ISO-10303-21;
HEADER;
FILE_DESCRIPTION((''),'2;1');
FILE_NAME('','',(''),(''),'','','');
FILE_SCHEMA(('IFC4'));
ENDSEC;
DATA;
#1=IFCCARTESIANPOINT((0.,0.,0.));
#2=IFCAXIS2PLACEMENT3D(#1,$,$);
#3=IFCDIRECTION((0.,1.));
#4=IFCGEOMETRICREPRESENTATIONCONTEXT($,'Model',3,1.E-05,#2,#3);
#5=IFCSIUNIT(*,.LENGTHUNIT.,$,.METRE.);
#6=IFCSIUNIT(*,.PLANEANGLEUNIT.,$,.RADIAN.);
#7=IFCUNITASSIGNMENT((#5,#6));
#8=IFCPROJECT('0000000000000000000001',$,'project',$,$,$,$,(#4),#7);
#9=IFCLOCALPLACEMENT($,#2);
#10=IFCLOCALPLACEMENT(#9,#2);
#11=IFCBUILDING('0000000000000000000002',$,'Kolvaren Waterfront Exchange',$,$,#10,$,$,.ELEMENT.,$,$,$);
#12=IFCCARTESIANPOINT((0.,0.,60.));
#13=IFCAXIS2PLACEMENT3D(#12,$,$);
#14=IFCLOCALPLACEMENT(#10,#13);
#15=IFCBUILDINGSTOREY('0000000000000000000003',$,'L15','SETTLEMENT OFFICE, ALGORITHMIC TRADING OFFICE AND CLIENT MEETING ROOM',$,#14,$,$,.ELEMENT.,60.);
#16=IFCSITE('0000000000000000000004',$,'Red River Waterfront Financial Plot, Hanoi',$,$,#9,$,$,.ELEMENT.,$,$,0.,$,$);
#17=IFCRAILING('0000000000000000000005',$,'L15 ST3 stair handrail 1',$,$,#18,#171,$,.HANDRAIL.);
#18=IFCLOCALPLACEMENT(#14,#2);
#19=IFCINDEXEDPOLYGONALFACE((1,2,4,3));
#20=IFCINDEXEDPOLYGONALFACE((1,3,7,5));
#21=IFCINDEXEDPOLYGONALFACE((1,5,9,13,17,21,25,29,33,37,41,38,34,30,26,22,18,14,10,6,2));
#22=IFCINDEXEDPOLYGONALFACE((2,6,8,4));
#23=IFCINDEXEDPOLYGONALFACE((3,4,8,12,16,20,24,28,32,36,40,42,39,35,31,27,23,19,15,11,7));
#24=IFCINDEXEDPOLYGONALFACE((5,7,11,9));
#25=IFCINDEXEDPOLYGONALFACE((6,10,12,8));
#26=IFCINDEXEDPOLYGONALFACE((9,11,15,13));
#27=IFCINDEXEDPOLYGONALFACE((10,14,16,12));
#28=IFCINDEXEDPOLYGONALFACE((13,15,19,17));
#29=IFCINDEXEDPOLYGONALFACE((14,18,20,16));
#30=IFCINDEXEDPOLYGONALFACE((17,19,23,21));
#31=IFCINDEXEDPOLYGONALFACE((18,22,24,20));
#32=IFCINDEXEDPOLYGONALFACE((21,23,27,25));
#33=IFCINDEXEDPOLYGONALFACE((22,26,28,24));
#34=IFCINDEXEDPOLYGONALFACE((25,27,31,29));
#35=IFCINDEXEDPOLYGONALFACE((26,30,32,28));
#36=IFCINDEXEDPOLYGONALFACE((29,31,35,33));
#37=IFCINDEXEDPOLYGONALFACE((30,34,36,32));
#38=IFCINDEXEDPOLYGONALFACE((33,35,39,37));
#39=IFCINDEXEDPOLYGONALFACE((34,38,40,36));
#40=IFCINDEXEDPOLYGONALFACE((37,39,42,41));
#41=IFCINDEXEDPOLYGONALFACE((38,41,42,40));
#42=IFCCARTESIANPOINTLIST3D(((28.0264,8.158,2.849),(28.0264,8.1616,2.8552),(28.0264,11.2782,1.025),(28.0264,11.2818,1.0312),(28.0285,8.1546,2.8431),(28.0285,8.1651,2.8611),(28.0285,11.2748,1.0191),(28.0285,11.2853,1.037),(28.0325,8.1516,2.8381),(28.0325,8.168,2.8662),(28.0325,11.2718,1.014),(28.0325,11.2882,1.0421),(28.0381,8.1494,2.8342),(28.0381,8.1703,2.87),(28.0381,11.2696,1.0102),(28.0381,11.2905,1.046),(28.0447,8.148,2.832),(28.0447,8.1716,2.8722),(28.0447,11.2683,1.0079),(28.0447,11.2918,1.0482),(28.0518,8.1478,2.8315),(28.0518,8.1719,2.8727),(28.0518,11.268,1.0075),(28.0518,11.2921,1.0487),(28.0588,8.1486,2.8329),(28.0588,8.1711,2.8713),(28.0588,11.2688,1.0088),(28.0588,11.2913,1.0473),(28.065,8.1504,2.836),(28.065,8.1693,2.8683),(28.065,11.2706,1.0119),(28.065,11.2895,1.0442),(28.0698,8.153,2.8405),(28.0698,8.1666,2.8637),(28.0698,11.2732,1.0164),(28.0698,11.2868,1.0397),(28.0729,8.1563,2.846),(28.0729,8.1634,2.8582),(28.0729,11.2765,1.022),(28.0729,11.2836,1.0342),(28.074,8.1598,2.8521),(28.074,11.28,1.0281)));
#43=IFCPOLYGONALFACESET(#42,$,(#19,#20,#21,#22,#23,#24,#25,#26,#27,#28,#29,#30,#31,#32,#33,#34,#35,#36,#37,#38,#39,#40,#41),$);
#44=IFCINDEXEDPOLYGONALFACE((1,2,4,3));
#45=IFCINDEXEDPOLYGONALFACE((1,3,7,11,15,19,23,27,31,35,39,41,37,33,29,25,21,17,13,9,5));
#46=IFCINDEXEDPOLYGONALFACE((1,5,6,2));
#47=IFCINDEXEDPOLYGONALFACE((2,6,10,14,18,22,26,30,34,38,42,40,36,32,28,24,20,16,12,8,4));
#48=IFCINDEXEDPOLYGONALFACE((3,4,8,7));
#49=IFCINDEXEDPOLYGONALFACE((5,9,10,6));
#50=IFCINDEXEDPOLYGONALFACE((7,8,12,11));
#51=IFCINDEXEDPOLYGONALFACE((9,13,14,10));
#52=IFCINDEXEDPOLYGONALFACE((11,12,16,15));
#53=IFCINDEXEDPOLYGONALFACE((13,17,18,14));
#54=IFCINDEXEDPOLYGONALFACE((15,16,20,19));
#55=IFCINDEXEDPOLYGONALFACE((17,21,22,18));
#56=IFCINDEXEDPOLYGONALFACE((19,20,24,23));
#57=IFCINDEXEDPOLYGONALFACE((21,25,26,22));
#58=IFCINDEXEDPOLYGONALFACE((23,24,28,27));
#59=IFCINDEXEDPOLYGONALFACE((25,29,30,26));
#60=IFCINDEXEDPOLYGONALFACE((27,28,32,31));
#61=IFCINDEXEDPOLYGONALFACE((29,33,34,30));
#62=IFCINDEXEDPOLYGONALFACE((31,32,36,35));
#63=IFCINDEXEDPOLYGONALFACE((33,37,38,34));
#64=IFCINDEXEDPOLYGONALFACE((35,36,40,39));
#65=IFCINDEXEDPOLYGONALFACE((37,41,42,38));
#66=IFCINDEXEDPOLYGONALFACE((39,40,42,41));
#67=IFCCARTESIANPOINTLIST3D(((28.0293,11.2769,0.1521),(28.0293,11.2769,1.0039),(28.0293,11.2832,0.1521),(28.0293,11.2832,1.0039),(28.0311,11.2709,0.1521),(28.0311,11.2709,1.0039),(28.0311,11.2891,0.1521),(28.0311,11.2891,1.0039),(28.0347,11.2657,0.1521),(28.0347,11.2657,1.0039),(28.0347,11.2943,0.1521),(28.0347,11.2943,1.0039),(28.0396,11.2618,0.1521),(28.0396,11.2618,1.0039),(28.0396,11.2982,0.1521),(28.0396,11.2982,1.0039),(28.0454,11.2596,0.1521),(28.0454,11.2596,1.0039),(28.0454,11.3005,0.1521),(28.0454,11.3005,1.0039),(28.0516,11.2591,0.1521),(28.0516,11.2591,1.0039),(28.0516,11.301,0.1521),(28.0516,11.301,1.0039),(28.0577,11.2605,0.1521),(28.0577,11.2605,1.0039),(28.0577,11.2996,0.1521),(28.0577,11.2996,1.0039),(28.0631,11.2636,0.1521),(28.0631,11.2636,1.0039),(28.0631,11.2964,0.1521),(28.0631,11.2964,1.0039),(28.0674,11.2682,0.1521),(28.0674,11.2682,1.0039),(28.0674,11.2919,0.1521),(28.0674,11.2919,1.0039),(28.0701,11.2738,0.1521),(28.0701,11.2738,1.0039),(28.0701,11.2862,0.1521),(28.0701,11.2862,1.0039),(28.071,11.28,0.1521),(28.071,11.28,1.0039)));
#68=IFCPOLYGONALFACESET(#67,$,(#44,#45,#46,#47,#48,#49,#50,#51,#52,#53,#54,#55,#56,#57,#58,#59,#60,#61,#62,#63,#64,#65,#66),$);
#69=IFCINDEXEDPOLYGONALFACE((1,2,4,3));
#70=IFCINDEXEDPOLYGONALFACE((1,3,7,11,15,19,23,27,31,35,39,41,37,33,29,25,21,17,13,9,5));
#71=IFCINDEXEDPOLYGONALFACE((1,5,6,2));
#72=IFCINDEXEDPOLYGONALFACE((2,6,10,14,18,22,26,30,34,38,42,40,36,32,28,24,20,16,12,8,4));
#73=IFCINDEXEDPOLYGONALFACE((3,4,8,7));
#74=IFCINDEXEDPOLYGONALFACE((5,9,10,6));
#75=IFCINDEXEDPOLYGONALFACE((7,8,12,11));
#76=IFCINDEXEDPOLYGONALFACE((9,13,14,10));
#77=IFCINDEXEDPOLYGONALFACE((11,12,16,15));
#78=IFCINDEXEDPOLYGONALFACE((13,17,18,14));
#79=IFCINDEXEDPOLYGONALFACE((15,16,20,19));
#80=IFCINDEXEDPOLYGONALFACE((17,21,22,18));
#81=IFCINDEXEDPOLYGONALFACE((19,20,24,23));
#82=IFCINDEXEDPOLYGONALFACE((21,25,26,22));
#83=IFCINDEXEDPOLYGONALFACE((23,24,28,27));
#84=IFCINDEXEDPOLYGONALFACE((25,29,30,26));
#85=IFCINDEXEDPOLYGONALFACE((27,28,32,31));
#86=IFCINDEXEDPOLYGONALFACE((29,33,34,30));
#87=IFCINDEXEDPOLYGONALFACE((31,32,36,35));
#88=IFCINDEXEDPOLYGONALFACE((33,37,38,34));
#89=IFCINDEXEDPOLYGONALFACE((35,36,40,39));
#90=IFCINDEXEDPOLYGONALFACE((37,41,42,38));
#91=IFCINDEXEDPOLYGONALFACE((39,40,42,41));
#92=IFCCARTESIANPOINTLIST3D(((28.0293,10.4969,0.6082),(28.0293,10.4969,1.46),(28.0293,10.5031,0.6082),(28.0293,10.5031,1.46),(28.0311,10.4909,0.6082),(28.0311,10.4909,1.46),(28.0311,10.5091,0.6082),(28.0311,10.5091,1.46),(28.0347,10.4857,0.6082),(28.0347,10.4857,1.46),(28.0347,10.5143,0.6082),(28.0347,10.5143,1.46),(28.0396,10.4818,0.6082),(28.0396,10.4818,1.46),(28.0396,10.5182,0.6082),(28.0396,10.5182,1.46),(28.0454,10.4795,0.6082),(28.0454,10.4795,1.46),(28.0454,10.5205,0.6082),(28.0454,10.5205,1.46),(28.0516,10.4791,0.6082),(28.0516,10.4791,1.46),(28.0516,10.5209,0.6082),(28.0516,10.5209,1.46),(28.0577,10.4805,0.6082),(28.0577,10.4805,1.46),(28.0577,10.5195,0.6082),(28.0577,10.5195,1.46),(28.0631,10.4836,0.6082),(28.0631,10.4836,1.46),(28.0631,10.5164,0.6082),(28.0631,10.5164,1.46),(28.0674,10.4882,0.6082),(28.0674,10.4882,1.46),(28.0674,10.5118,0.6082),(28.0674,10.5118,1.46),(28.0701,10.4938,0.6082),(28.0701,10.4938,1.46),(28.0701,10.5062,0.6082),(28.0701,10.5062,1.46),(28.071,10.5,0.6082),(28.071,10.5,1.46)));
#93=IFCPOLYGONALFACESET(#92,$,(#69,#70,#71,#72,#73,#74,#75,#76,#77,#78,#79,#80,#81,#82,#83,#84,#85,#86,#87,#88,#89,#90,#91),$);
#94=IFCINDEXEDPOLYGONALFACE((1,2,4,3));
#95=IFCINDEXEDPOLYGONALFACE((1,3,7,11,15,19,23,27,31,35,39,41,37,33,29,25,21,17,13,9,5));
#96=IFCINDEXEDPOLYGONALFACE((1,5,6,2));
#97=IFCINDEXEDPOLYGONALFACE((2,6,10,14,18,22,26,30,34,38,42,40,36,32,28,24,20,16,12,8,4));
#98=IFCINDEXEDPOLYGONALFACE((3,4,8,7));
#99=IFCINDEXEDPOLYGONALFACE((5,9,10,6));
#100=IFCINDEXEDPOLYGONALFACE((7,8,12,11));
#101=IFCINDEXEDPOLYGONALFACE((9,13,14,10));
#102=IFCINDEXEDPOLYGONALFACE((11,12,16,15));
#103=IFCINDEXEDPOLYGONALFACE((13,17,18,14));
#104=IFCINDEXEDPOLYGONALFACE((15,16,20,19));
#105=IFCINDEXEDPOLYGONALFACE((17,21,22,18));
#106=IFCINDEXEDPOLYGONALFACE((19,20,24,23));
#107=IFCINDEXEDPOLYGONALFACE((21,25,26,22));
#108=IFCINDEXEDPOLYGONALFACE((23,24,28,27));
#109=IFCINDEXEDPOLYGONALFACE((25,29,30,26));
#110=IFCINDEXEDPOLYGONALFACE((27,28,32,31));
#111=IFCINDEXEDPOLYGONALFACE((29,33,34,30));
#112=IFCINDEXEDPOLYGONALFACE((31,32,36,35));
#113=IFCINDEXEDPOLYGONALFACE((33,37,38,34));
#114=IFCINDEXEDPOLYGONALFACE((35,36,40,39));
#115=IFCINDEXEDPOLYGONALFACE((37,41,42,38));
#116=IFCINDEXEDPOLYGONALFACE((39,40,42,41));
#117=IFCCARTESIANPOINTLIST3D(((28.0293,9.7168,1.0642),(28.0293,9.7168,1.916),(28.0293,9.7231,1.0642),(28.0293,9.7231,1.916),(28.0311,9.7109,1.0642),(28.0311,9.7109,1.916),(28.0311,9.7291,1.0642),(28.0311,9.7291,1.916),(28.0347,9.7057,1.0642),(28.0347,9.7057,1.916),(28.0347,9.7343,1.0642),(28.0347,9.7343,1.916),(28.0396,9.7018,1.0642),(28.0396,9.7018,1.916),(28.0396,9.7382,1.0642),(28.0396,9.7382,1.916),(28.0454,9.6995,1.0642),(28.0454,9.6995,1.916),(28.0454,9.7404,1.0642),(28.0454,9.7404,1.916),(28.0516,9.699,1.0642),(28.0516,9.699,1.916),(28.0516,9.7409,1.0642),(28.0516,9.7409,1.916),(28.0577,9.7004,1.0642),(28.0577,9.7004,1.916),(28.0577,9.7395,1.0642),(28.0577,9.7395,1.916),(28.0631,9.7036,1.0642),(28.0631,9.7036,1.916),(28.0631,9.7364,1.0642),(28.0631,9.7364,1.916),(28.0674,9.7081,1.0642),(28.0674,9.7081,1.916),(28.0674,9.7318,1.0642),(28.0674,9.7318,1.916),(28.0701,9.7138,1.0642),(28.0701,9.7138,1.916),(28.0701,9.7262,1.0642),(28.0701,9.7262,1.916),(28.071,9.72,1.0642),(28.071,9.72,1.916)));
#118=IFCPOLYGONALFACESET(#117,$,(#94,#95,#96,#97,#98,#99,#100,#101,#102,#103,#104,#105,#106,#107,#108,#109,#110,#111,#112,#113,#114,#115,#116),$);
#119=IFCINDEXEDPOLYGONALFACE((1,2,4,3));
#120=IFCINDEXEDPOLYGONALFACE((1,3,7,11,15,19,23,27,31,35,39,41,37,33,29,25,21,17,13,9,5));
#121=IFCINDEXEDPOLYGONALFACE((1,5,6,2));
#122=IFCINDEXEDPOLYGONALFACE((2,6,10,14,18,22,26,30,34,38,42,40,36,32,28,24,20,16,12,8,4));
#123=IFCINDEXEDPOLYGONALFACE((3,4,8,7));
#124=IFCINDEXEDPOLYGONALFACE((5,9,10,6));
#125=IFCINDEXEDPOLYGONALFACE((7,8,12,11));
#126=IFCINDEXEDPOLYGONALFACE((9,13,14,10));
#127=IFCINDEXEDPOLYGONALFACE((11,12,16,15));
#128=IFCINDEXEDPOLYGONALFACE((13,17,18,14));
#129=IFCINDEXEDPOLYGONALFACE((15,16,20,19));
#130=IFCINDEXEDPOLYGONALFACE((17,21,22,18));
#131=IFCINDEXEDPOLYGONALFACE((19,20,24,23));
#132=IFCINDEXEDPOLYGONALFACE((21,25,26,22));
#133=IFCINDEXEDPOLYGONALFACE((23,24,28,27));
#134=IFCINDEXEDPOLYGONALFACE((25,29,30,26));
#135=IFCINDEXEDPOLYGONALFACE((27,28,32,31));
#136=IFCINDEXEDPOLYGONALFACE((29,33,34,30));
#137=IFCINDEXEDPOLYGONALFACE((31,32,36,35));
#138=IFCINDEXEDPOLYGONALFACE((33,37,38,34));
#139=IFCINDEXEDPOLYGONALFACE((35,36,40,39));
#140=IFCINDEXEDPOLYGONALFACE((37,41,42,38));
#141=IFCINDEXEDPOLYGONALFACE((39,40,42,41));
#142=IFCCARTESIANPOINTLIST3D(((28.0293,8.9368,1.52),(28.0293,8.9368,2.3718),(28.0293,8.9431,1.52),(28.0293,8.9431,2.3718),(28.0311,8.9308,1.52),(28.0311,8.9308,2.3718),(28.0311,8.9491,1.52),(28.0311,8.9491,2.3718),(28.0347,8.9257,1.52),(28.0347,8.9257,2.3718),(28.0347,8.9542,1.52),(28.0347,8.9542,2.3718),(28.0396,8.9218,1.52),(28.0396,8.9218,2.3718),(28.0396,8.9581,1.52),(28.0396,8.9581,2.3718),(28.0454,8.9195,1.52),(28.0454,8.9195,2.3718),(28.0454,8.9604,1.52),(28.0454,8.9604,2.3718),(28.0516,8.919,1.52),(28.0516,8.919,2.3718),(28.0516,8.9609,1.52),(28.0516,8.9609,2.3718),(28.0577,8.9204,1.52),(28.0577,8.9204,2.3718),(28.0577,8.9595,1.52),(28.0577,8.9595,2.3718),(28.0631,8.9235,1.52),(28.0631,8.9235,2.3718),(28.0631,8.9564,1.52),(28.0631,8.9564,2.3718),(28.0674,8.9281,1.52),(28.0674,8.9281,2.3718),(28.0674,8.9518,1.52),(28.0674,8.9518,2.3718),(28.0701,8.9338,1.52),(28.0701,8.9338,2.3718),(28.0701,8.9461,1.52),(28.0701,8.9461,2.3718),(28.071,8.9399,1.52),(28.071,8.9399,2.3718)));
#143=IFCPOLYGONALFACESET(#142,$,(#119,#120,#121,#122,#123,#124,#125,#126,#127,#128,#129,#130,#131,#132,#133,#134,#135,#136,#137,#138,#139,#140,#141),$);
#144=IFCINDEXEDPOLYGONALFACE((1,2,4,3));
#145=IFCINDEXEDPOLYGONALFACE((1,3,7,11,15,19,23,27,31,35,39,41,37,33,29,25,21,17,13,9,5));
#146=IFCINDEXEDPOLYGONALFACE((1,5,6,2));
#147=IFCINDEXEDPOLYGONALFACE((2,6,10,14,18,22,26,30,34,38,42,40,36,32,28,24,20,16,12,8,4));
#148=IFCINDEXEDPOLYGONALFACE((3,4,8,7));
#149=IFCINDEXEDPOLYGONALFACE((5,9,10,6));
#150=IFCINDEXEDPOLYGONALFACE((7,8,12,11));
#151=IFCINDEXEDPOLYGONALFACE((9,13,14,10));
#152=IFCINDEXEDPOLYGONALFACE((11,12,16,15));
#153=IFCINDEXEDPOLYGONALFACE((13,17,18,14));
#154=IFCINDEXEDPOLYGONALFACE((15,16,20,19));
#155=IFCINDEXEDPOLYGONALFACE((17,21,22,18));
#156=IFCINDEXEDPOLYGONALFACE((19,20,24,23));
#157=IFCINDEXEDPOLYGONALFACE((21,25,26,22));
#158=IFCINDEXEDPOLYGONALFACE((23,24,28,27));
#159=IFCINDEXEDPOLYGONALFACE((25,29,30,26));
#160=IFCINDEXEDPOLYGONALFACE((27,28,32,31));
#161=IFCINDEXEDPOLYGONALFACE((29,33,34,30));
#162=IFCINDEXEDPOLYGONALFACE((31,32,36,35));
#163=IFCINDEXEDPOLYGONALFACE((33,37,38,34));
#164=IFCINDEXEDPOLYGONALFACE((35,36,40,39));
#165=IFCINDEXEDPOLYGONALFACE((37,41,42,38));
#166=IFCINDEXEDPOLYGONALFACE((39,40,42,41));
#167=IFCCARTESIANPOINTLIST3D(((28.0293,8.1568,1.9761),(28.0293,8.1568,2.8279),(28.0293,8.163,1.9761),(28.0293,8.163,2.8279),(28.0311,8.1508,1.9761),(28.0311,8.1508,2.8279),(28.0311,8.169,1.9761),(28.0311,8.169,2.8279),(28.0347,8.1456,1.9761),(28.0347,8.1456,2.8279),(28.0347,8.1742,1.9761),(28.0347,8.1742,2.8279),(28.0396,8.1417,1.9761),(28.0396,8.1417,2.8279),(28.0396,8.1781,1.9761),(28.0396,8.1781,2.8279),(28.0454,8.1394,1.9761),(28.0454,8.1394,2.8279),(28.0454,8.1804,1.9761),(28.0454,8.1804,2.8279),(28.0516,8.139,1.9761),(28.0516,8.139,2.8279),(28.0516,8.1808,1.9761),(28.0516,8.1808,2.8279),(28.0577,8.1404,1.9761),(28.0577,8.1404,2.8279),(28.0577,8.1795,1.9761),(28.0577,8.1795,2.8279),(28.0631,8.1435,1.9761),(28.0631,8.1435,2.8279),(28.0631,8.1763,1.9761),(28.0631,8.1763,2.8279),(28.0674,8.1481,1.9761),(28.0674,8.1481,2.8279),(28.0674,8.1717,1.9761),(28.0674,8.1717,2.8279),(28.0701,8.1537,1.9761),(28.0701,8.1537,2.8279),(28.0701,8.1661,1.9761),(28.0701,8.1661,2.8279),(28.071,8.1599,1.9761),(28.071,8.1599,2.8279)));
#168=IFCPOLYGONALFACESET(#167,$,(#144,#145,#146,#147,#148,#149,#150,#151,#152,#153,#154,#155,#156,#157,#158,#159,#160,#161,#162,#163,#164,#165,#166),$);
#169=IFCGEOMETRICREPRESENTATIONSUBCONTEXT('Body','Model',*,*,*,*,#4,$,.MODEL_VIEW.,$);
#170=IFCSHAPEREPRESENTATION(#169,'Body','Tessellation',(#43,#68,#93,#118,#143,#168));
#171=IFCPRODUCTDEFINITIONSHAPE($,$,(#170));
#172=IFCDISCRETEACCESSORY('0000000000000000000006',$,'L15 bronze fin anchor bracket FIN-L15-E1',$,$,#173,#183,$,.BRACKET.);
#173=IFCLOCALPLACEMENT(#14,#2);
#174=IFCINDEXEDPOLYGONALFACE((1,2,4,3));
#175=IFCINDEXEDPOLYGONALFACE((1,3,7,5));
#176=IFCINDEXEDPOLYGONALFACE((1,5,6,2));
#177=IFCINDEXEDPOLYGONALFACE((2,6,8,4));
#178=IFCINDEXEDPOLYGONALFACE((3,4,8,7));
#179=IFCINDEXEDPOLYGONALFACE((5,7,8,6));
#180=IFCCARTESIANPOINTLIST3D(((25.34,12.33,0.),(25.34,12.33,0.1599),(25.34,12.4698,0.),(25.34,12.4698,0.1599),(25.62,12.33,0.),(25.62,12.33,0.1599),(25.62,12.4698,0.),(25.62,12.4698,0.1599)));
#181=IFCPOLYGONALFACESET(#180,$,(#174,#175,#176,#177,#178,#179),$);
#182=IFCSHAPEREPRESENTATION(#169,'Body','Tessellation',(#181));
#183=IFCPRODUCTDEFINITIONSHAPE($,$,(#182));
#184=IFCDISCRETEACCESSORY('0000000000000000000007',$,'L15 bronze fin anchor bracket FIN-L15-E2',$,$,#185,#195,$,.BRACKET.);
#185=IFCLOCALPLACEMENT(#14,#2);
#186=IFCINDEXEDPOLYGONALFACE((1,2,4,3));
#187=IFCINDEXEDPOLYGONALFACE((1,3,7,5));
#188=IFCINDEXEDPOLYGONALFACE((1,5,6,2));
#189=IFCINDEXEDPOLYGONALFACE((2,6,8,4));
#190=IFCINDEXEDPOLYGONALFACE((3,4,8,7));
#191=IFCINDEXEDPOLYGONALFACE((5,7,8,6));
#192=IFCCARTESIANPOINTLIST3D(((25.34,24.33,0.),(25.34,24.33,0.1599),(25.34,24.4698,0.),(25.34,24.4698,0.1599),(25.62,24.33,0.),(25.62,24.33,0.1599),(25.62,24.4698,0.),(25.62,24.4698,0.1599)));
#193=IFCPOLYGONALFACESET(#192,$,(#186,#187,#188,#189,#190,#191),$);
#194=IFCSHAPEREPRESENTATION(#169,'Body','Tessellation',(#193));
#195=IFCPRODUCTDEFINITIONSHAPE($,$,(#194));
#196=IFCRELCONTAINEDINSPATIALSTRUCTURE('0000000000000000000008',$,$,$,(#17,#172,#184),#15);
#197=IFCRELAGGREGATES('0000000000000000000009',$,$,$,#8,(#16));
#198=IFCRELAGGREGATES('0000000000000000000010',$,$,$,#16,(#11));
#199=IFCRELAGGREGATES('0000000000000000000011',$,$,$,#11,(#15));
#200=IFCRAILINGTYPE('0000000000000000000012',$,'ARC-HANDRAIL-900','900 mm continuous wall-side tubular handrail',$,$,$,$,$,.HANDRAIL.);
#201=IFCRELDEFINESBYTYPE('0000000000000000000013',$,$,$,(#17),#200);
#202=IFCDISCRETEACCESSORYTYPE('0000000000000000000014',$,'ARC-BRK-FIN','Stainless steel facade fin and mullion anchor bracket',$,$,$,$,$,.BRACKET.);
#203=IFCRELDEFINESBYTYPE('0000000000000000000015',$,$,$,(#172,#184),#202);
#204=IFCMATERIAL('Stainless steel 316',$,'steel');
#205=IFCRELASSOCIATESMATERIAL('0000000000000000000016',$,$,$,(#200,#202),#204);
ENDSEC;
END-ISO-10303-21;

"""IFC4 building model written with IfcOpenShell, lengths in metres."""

from ifc_helpers import new_model, si_unit, direction, frame, origin, origin_with_axes, origin_2d, place, context, subcontext, project, spatial, rectangle, circle, extrude, source, transform, mapped, material, type_object, element, save


model = new_model("IFC4")

# Units and contexts
model_context = context("Model", 3, precision=1e-05, world=origin(), true_north=direction((0.0, 1.0)))
body_context = subcontext(model_context, "Body", "Model", "MODEL_VIEW")
ifc_project = project(units=[si_unit("LENGTHUNIT", "METRE"), si_unit("PLANEANGLEUNIT", "RADIAN")], contexts=[model_context])

# Site, building, storey
site_placement = place(None, origin())
site = spatial("IfcSite", under=ifc_project, at=site_placement, Name="Red River Waterfront Financial Plot, Hanoi", CompositionType="ELEMENT", RefElevation=0.0)
building_placement = place(site_placement, origin())
building = spatial("IfcBuilding", under=site, at=building_placement, Name="Kolvaren Waterfront Exchange", CompositionType="ELEMENT")
storey_placement = place(building_placement, frame((0.0, 0.0, 60.0)))
storey = spatial("IfcBuildingStorey", under=building, at=storey_placement, Name="L15", Description="SETTLEMENT OFFICE, ALGORITHMIC TRADING OFFICE AND CLIENT MEETING ROOM", CompositionType="ELEMENT", Elevation=60.0)

# Railing
ifc_material_1 = material(Name="Stainless steel 316", Category="steel")
railing_type = type_object("IfcRailingType", Name="ARC-HANDRAIL-900", Description="900 mm continuous wall-side tubular handrail", PredefinedType="HANDRAIL", material=ifc_material_1)
railing_1_placement = place(storey_placement, frame((28.05, 11.28, 0.1521)))
element("IfcRailing", 1, at=railing_1_placement, inside=storey, type_object=railing_type, Name="L15 ST3 stair handrail 1", PredefinedType="HANDRAIL", context=body_context, shape_type="SweptSolid", body=[
    extrude(circle(Radius=0.0239, at=origin_2d()), frame((0.0, 0.0, 0.876), z_axis=(0.0, -0.863308, 0.504677), x_axis=(1.0, 0.0, 0.0)), (0.0, 0.0, 1.0), 3.6143),
    extrude(circle(Radius=0.021, at=origin_2d()), origin(), (0.0, 0.0, 1.0), 0.8518),
    extrude(circle(Radius=0.021, at=origin_2d()), frame((0.0, -0.78, 0.4561)), (0.0, 0.0, 1.0), 0.8518),
    extrude(circle(Radius=0.021, at=origin_2d()), frame((0.0, -1.5601, 0.9121)), (0.0, 0.0, 1.0), 0.8518),
    extrude(circle(Radius=0.021, at=origin_2d()), frame((0.0, -2.3401, 1.3679)), (0.0, 0.0, 1.0), 0.8518),
    extrude(circle(Radius=0.021, at=origin_2d()), frame((0.0, -3.1201, 1.824)), (0.0, 0.0, 1.0), 0.8518),
])

# Discrete accessories
discrete_accessory_type = type_object("IfcDiscreteAccessoryType", Name="ARC-BRK-FIN", Description="Stainless steel facade fin and mullion anchor bracket", PredefinedType="BRACKET", material=ifc_material_1)
shared_shape = source(origin_with_axes(), body_context, "Body", "SweptSolid", [
    extrude(rectangle(XDim=0.28, YDim=0.1399, at=origin_2d()), origin(), (0.0, 0.0, 1.0), 0.1599),
])
for number, where, z_axis, x_axis, name in (
    (2, (25.48, 12.3999, 0.0), (0.0, 0.0, 1.0), (1.0, 0.0, 0.0), "L15 bronze fin anchor bracket FIN-L15-E1"),
    (3, (25.48, 24.3999, 0.0), (0.0, 0.0, 1.0), (1.0, 0.0, 0.0), "L15 bronze fin anchor bracket FIN-L15-E2"),
):
    element("IfcDiscreteAccessory", number, at=place(storey_placement, frame(where, z_axis=z_axis, x_axis=x_axis)), inside=storey, type_object=discrete_accessory_type, Name=name, PredefinedType="BRACKET", context=body_context, shape_type="MappedRepresentation", body=[
        mapped(shared_shape, transform((0.0, 0.0, 0.0), x_axis=(1.0, 0.0, 0.0), y_axis=(0.0, 1.0, 0.0), z_axis=(0.0, 0.0, 1.0), scale=1.0)),
    ])

save(model, "model.ifc")
